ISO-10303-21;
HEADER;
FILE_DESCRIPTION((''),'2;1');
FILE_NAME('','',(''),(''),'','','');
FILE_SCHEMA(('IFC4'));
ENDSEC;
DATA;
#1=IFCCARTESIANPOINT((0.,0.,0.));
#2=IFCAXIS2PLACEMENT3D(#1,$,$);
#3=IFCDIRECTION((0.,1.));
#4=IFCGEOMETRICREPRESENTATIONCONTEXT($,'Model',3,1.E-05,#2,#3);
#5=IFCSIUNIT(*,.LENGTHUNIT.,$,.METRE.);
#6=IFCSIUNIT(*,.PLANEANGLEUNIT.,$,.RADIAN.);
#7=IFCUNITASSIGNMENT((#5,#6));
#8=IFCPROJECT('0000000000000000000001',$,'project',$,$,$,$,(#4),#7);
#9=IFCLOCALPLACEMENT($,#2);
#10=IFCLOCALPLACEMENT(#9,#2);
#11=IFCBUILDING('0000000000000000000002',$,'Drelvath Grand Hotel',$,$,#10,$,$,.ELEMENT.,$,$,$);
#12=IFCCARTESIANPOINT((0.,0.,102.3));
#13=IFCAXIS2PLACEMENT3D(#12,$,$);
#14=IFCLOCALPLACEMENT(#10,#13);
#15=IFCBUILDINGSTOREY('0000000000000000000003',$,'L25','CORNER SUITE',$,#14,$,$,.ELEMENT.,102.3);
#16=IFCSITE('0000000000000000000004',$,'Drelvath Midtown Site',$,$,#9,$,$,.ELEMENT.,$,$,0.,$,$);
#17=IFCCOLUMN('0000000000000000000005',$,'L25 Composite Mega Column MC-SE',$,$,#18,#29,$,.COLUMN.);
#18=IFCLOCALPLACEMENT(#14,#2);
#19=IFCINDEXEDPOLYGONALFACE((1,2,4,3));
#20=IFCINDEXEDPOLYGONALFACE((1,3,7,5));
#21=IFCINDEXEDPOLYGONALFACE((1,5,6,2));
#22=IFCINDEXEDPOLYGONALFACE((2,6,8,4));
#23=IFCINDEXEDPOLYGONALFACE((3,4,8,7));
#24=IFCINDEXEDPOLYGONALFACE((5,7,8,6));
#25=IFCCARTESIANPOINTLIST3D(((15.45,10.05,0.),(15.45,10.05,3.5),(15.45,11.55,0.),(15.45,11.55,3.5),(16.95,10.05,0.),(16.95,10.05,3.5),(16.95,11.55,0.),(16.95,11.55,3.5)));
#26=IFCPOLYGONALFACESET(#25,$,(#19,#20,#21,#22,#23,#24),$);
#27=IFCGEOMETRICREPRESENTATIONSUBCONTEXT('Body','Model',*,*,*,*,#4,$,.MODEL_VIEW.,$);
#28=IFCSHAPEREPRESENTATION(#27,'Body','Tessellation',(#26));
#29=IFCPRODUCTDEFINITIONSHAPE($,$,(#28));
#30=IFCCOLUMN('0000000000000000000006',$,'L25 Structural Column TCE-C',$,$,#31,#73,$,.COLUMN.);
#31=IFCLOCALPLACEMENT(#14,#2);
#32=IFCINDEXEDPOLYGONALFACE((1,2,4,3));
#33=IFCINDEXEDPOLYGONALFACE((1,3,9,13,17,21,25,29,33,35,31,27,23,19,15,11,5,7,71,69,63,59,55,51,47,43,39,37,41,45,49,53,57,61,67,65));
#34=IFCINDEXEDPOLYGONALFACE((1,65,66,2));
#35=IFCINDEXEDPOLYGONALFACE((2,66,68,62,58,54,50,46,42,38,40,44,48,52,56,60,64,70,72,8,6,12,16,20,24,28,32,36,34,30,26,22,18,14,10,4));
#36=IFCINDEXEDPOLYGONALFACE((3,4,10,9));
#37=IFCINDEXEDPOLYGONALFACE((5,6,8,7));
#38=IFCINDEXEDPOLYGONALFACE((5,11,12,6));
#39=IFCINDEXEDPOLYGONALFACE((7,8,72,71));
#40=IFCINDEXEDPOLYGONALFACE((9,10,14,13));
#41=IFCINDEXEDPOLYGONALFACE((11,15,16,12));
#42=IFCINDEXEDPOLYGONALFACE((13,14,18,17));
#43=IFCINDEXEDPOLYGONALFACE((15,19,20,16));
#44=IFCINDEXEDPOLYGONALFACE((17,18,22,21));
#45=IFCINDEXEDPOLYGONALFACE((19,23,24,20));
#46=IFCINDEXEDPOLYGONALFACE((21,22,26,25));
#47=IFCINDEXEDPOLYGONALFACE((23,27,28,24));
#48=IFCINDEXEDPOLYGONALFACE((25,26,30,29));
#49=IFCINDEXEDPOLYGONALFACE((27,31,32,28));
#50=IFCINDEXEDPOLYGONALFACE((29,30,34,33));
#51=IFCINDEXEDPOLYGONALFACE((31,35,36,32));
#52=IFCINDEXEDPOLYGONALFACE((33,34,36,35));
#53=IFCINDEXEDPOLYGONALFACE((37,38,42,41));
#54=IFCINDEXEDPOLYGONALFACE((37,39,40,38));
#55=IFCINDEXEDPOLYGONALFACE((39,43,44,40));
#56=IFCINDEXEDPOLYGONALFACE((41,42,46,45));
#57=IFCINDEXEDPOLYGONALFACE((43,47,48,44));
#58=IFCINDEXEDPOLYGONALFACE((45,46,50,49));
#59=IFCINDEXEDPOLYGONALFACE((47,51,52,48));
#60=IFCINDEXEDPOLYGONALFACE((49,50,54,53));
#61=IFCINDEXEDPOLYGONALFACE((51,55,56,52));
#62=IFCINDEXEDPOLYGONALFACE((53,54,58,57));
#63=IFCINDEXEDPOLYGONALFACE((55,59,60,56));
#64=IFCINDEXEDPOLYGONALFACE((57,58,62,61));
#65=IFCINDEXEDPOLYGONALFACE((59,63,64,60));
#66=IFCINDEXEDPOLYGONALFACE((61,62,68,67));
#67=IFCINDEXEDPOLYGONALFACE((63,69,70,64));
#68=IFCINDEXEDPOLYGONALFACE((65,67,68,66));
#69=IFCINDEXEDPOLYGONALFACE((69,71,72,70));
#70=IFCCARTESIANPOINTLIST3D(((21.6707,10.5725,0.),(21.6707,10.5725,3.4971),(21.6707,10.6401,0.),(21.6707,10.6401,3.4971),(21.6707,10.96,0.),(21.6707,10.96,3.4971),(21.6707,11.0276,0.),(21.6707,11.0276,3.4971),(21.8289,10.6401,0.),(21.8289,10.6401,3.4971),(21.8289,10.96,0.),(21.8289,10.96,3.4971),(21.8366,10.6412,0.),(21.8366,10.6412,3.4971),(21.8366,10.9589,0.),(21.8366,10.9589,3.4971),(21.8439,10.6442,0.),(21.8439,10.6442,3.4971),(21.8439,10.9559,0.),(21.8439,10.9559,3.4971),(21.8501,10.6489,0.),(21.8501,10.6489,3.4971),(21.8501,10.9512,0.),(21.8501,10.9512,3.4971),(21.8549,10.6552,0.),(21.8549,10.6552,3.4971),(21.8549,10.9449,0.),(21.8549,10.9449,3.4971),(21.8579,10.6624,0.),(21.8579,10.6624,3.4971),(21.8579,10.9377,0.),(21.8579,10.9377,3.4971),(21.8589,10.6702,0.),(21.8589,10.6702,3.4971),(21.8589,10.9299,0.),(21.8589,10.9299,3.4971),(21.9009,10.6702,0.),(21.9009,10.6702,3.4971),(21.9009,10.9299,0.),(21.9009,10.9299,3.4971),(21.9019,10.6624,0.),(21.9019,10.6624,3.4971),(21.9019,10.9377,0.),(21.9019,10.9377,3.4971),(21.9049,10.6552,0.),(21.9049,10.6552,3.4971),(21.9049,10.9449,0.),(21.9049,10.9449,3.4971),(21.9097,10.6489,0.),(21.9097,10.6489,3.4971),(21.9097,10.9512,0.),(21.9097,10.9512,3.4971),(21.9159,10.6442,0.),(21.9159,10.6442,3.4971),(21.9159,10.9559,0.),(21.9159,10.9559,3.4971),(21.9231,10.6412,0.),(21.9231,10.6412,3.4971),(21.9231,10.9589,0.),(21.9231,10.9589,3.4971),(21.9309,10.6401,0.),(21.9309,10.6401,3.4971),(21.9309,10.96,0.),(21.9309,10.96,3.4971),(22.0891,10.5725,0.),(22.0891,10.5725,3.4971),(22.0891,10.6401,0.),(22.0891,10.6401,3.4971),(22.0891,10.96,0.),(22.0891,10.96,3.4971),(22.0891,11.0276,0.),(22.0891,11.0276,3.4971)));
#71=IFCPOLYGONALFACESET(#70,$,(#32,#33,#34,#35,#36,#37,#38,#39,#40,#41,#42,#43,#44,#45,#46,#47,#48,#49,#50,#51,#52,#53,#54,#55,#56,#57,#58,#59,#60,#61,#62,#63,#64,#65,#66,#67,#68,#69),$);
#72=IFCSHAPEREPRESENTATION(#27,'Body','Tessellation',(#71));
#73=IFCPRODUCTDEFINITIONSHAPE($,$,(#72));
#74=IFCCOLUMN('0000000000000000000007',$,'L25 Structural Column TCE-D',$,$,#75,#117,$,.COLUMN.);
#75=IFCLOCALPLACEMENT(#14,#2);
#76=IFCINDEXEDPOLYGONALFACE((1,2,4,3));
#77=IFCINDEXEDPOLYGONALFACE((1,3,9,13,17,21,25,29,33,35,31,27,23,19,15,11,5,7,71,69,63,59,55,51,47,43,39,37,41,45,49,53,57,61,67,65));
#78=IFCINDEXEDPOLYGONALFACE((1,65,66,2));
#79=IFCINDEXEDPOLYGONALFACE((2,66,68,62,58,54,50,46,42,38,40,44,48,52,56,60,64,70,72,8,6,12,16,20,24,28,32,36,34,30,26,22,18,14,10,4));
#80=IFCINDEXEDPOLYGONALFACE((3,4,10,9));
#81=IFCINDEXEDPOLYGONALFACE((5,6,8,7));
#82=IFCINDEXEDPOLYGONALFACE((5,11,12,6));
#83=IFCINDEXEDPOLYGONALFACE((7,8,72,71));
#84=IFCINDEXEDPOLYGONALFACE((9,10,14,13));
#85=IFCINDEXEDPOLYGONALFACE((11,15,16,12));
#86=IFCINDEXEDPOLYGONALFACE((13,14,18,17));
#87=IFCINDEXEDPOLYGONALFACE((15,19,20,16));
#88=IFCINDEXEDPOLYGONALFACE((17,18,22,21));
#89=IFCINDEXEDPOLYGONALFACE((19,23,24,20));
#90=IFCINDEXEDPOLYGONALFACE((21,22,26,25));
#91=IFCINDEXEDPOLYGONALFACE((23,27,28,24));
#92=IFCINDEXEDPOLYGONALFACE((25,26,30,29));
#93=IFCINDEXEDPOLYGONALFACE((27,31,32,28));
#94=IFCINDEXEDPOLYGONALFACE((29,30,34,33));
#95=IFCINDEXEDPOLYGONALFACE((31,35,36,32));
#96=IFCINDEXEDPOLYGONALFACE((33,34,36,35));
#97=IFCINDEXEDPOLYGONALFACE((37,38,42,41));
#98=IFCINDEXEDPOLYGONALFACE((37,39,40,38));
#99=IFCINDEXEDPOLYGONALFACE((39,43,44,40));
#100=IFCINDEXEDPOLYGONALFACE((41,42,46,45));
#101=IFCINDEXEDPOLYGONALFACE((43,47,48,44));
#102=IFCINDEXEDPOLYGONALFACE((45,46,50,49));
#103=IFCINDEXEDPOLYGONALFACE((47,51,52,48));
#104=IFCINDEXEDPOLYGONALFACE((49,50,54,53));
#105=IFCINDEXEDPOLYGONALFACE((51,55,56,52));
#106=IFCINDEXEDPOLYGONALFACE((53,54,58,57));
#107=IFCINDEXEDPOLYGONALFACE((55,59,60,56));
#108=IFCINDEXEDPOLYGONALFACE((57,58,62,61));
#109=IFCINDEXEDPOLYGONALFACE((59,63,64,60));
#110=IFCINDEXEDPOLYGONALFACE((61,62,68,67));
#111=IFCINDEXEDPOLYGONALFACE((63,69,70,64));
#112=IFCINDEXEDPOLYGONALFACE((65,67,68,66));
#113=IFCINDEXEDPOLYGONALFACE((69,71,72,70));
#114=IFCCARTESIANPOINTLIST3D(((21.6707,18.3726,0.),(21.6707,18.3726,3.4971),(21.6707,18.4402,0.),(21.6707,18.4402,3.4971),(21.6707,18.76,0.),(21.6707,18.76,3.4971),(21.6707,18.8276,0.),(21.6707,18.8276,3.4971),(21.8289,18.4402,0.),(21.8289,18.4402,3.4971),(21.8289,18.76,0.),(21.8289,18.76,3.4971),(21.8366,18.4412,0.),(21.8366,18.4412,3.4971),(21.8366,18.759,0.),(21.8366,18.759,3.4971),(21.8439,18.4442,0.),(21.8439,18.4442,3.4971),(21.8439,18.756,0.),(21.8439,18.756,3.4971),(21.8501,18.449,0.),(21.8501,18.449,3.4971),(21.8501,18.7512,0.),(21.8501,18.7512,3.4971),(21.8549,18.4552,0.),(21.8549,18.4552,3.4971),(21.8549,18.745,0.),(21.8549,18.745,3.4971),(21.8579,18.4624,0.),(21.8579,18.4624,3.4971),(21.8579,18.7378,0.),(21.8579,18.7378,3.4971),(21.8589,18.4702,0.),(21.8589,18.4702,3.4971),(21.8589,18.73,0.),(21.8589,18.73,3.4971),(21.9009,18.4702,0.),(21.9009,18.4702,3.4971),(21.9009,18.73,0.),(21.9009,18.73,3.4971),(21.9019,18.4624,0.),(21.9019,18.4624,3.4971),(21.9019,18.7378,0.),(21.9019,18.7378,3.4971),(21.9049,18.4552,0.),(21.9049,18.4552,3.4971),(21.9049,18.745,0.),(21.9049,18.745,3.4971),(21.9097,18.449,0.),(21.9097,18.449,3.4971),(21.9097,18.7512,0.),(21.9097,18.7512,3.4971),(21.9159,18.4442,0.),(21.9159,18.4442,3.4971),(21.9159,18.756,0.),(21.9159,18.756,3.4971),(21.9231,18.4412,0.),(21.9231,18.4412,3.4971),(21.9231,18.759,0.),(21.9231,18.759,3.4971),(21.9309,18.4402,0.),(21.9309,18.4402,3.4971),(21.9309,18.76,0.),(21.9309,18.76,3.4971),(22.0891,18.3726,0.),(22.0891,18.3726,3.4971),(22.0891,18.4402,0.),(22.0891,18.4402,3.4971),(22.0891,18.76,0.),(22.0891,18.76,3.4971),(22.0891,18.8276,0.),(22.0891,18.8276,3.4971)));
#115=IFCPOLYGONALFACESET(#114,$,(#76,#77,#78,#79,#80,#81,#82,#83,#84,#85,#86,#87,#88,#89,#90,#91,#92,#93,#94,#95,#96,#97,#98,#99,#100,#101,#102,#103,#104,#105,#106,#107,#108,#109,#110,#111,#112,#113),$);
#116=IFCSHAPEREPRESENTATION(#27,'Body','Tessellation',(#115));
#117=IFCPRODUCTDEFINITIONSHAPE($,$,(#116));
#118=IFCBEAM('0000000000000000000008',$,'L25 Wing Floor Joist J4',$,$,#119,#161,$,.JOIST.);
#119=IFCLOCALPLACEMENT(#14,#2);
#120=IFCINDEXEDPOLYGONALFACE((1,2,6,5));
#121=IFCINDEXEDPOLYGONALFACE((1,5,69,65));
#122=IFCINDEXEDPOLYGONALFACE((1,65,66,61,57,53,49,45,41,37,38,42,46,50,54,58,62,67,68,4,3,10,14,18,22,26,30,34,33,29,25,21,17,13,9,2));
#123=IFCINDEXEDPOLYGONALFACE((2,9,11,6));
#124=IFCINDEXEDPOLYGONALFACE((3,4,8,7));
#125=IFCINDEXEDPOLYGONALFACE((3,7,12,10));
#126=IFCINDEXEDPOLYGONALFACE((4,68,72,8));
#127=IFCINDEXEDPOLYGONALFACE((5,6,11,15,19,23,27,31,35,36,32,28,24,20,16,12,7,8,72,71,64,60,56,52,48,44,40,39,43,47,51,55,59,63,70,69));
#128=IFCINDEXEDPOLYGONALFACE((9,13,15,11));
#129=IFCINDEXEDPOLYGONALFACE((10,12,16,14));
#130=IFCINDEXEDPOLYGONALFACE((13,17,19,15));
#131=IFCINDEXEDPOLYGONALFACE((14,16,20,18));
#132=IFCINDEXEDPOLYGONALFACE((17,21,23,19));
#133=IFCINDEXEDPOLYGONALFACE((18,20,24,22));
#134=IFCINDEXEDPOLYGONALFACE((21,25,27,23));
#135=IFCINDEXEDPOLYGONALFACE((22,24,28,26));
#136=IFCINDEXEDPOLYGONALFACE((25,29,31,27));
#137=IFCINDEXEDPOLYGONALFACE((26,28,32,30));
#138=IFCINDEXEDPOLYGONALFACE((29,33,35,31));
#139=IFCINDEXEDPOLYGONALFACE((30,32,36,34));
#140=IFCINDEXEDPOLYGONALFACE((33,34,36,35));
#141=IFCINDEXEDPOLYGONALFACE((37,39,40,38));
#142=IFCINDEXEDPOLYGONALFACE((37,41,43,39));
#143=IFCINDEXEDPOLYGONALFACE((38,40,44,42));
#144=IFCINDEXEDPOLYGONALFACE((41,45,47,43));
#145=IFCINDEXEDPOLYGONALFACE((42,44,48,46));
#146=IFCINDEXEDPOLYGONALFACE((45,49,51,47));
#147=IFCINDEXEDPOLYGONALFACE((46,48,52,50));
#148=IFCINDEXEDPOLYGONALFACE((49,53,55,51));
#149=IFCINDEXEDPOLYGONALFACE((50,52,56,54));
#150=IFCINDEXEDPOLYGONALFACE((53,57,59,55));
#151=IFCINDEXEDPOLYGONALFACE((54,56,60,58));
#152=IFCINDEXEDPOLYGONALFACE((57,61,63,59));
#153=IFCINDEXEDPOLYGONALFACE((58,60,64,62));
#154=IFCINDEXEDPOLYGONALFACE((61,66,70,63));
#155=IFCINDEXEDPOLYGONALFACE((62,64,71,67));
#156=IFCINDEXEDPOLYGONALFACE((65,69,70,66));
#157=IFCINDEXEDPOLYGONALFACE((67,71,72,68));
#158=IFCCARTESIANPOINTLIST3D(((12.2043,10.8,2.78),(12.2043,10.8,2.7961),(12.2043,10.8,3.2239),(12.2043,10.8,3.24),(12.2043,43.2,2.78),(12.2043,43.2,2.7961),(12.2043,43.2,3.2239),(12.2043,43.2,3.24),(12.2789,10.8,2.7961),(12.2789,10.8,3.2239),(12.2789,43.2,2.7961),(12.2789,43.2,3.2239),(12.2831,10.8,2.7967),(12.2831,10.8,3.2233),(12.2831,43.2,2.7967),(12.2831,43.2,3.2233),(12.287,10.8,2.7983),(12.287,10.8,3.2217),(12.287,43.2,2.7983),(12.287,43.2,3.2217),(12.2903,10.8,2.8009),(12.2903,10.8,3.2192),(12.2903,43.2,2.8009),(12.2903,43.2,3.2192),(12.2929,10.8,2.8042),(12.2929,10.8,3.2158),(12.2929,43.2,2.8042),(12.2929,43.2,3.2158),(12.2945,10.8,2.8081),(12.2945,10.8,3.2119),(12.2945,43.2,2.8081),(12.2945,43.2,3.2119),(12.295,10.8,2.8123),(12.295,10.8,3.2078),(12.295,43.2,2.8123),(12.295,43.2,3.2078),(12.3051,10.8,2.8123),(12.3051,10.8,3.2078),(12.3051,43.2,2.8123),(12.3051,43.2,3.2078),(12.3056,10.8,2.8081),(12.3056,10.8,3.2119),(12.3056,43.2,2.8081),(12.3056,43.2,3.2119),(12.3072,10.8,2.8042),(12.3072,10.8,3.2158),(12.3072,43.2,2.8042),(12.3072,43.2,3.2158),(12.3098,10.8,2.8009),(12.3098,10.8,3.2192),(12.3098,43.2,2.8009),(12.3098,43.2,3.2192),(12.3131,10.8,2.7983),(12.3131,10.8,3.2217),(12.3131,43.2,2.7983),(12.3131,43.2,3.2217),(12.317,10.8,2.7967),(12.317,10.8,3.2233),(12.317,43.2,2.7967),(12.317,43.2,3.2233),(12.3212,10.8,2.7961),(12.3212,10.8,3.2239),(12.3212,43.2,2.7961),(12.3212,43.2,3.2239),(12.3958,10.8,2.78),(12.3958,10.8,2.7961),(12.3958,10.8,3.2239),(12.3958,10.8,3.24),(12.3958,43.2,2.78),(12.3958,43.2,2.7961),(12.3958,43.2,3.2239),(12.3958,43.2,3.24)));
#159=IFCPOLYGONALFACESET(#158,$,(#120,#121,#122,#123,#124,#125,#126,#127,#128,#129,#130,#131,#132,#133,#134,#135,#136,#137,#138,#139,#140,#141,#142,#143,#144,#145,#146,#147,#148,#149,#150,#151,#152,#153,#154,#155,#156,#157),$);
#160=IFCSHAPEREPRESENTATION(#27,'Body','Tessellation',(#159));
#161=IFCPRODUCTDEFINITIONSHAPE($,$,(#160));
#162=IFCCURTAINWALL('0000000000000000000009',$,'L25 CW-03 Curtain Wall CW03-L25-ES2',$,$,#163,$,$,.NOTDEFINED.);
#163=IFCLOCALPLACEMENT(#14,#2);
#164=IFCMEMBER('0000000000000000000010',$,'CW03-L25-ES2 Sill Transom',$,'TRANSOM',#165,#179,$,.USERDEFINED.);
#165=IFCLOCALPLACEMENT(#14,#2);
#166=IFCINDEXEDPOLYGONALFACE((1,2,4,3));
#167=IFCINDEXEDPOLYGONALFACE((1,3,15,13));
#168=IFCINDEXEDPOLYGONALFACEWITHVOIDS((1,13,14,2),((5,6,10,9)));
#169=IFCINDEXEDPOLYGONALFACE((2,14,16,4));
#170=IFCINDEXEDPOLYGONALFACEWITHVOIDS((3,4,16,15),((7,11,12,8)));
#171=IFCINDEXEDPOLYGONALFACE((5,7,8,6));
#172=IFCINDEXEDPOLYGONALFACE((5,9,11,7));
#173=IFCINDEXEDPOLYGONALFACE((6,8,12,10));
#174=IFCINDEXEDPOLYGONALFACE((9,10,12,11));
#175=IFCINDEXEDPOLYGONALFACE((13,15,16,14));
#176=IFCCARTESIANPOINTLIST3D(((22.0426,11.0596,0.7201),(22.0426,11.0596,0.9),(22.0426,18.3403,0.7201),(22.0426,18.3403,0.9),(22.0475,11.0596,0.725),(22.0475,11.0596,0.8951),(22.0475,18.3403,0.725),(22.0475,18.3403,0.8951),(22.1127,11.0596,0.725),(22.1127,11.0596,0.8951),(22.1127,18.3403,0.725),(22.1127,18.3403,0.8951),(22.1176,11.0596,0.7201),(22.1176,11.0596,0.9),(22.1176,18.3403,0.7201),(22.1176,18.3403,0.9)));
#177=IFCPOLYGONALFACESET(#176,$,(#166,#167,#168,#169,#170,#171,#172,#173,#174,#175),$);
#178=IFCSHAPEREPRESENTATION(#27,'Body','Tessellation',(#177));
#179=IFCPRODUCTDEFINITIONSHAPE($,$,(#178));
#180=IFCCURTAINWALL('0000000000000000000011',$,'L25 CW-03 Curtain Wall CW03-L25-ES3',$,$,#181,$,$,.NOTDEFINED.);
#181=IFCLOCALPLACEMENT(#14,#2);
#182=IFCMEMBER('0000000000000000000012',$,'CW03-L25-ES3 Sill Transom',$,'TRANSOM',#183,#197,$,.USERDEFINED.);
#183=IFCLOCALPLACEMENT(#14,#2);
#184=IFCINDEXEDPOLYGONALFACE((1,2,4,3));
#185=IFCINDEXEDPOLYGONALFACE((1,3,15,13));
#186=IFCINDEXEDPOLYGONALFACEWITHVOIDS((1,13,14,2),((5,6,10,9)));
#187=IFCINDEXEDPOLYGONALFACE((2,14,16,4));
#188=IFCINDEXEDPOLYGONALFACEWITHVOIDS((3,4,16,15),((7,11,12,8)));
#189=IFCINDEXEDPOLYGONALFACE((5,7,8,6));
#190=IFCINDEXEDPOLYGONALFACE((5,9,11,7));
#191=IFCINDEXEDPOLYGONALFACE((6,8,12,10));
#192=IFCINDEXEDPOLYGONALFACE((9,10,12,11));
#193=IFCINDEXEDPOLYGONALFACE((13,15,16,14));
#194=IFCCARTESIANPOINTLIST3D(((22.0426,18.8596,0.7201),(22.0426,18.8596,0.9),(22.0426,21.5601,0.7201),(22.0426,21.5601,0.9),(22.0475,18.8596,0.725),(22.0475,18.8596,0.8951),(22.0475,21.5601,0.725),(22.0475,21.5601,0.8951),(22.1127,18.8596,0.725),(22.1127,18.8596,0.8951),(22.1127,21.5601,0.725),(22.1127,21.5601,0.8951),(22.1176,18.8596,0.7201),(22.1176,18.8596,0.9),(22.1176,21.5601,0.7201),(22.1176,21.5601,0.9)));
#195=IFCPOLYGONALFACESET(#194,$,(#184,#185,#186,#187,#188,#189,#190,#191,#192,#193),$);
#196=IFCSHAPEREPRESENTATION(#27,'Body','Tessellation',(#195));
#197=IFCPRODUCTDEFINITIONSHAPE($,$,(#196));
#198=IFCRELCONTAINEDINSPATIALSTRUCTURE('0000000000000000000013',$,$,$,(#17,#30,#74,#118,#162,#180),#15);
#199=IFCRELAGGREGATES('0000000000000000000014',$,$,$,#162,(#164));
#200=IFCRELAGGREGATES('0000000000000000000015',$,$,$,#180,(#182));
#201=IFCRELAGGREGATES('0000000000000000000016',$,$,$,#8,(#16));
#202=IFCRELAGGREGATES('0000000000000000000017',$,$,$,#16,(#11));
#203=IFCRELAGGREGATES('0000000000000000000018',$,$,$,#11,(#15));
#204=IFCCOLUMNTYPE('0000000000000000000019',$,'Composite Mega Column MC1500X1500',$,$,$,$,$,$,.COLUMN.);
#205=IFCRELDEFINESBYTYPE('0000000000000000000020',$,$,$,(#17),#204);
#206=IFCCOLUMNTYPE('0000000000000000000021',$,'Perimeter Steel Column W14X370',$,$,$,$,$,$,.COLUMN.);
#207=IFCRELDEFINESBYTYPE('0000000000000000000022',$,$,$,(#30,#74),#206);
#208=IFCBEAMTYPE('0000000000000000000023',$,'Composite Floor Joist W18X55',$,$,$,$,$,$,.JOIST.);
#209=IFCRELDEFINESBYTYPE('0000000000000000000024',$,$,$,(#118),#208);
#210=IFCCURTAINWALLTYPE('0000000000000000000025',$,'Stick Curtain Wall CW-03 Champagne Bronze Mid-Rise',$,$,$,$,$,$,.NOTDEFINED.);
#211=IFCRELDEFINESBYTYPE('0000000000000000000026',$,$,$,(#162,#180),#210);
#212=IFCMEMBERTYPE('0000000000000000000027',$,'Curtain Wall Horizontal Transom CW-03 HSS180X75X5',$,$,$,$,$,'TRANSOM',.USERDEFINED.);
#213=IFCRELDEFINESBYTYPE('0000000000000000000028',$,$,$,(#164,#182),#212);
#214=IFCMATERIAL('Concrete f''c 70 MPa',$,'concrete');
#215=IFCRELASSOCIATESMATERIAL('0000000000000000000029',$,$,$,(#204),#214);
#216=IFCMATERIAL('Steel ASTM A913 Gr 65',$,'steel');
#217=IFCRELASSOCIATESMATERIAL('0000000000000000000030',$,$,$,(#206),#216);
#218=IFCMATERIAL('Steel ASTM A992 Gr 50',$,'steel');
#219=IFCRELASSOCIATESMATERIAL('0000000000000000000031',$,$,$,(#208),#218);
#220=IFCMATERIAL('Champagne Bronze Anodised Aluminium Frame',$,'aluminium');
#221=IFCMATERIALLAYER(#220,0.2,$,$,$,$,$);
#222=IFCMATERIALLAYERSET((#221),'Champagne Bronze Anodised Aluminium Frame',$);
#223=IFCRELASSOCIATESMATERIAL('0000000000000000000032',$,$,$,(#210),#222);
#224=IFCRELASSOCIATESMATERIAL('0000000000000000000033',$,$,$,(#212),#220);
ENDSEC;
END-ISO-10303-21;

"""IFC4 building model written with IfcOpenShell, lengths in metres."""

from ifc_helpers import new_model, si_unit, direction, frame, origin, origin_2d, place, context, subcontext, project, spatial, rectangle, hollow_rectangle, i_section, extrude, material, layer, layer_set, material_profile, profile_set, type_object, element, aggregate, save


model = new_model("IFC4")

# Units and contexts
model_context = context("Model", 3, precision=1e-05, world=origin(), true_north=direction((0.0, 1.0)))
body_context = subcontext(model_context, "Body", "Model", "MODEL_VIEW")
ifc_project = project(units=[si_unit("LENGTHUNIT", "METRE"), si_unit("PLANEANGLEUNIT", "RADIAN")], contexts=[model_context])

# Site, building, storey
site_placement = place(None, origin())
site = spatial("IfcSite", under=ifc_project, at=site_placement, Name="Drelvath Midtown Site", CompositionType="ELEMENT", RefElevation=0.0)
building_placement = place(site_placement, origin())
building = spatial("IfcBuilding", under=site, at=building_placement, Name="Drelvath Grand Hotel", CompositionType="ELEMENT")
storey_placement = place(building_placement, frame((0.0, 0.0, 102.3)))
storey = spatial("IfcBuildingStorey", under=building, at=storey_placement, Name="L25", Description="CORNER SUITE", CompositionType="ELEMENT", Elevation=102.3)

# Columns
ifc_material_1 = material(Name="Concrete f'c 70 MPa", Category="concrete")
ifc_material_profile_1 = material_profile(ifc_material_1, rectangle(XDim=1.5, YDim=1.5, at=origin_2d()), Name="MC1500X1500")
ifc_profile_set_1 = profile_set([ifc_material_profile_1], Name="Concrete f'c 70 MPa")
column_type_1 = type_object("IfcColumnType", Name="Composite Mega Column MC1500X1500", PredefinedType="COLUMN", material=ifc_profile_set_1)
column_placement = place(storey_placement, frame((16.2, 10.8, 0.0), z_axis=(0.0, 0.0, 1.0), x_axis=(1.0, 0.0, 0.0)))
element("IfcColumn", 1, at=column_placement, inside=storey, type_object=column_type_1, Name="L25 Composite Mega Column MC-SE", PredefinedType="COLUMN", context=body_context, shape_type="SweptSolid", body=[
    extrude(rectangle(XDim=1.5, YDim=1.5, at=origin_2d()), origin(), (0.0, 0.0, 1.0), 3.5),
])
ifc_material_2 = material(Name="Steel ASTM A913 Gr 65", Category="steel")
ifc_material_profile_2 = material_profile(ifc_material_2, i_section(OverallWidth=0.4185, OverallDepth=0.4551, WebThickness=0.042, FlangeThickness=0.0676, FilletRadius=0.03, at=origin_2d()), Name="W14X370")
ifc_profile_set_2 = profile_set([ifc_material_profile_2], Name="Steel ASTM A913 Gr 65")
column_type_2 = type_object("IfcColumnType", Name="Perimeter Steel Column W14X370", PredefinedType="COLUMN", material=ifc_profile_set_2)
for number, where, z_axis, x_axis, name in (
    (2, (21.8799, 10.8, 0.0), (0.0, 0.0, 1.0), (1.0, 0.0, 0.0), "L25 Structural Column TCE-C"),
    (3, (21.8799, 18.6001, 0.0), (0.0, 0.0, 1.0), (1.0, 0.0, 0.0), "L25 Structural Column TCE-D"),
):
    element("IfcColumn", number, at=place(storey_placement, frame(where, z_axis=z_axis, x_axis=x_axis)), inside=storey, type_object=column_type_2, Name=name, PredefinedType="COLUMN", context=body_context, shape_type="SweptSolid", body=[
        extrude(i_section(OverallWidth=0.4185, OverallDepth=0.4551, WebThickness=0.042, FlangeThickness=0.0676, FilletRadius=0.03, at=origin_2d()), origin(), (0.0, 0.0, 1.0), 3.4971),
    ])

# Beam
ifc_material_3 = material(Name="Steel ASTM A992 Gr 50", Category="steel")
ifc_material_profile_3 = material_profile(ifc_material_3, i_section(OverallWidth=0.1914, OverallDepth=0.46, WebThickness=0.01, FlangeThickness=0.0161, FilletRadius=0.0161, at=origin_2d()), Name="W18X55")
ifc_profile_set_3 = profile_set([ifc_material_profile_3], Name="Steel ASTM A992 Gr 50")
beam_type_1 = type_object("IfcBeamType", Name="Composite Floor Joist W18X55", PredefinedType="JOIST", material=ifc_profile_set_3)
beam_1_placement = place(storey_placement, frame((12.3, 10.8, 3.01), z_axis=(0.0, 1.0, 0.0), x_axis=(-1.0, 0.0, 0.0)))
element("IfcBeam", 4, at=beam_1_placement, inside=storey, type_object=beam_type_1, Name="L25 Wing Floor Joist J4", PredefinedType="JOIST", context=body_context, shape_type="SweptSolid", body=[
    extrude(i_section(OverallWidth=0.1914, OverallDepth=0.46, WebThickness=0.01, FlangeThickness=0.0161, FilletRadius=0.0161, at=origin_2d()), origin(), (0.0, 0.0, 1.0), 32.3999),
])

# Curtain walls, members
ifc_material_4 = material(Name="Champagne Bronze Anodised Aluminium Frame", Category="aluminium")
ifc_layer_1 = layer(ifc_material_4, 0.2)
ifc_layer_set_1 = layer_set([ifc_layer_1], Name="Champagne Bronze Anodised Aluminium Frame")
curtain_wall_type = type_object("IfcCurtainWallType", Name="Stick Curtain Wall CW-03 Champagne Bronze Mid-Rise", PredefinedType="NOTDEFINED", material=ifc_layer_set_1)
curtain_wall_1_placement = place(storey_placement, origin())
curtain_wall_1 = element("IfcCurtainWall", 5, at=curtain_wall_1_placement, inside=storey, type_object=curtain_wall_type, Name="L25 CW-03 Curtain Wall CW03-L25-ES2", PredefinedType="NOTDEFINED")
ifc_material_profile_4 = material_profile(ifc_material_4, hollow_rectangle(XDim=0.075, YDim=0.1799, WallThickness=0.0049, at=origin_2d()), Name="HSS180X75X5")
ifc_profile_set_4 = profile_set([ifc_material_profile_4], Name="Champagne Bronze Anodised Aluminium Frame")
member_type_1 = type_object("IfcMemberType", Name="Curtain Wall Horizontal Transom CW-03 HSS180X75X5", ElementType="TRANSOM", PredefinedType="USERDEFINED", material=ifc_profile_set_4)
member_1_placement = place(storey_placement, frame((22.0801, 18.3403, 0.8101), z_axis=(0.0, -1.0, 0.0), x_axis=(1.0, 0.0, 0.0)))
member_1 = element("IfcMember", 6, at=member_1_placement, type_object=member_type_1, Name="CW03-L25-ES2 Sill Transom", ObjectType="TRANSOM", PredefinedType="USERDEFINED", context=body_context, shape_type="SweptSolid", body=[
    extrude(hollow_rectangle(XDim=0.075, YDim=0.1799, WallThickness=0.0049, at=origin_2d()), origin(), (0.0, 0.0, 1.0), 7.2808),
])
curtain_wall_2_placement = place(storey_placement, origin())
curtain_wall_2 = element("IfcCurtainWall", 7, at=curtain_wall_2_placement, inside=storey, type_object=curtain_wall_type, Name="L25 CW-03 Curtain Wall CW03-L25-ES3", PredefinedType="NOTDEFINED")
member_2_placement = place(storey_placement, frame((22.0801, 21.5601, 0.8101), z_axis=(0.0, -1.0, 0.0), x_axis=(1.0, 0.0, 0.0)))
member_2 = element("IfcMember", 8, at=member_2_placement, type_object=member_type_1, Name="CW03-L25-ES3 Sill Transom", ObjectType="TRANSOM", PredefinedType="USERDEFINED", context=body_context, shape_type="SweptSolid", body=[
    extrude(hollow_rectangle(XDim=0.075, YDim=0.1799, WallThickness=0.0049, at=origin_2d()), origin(), (0.0, 0.0, 1.0), 2.7004),
])

aggregate(curtain_wall_1, [member_1])
aggregate(curtain_wall_2, [member_2])

save(model, "model.ifc")
